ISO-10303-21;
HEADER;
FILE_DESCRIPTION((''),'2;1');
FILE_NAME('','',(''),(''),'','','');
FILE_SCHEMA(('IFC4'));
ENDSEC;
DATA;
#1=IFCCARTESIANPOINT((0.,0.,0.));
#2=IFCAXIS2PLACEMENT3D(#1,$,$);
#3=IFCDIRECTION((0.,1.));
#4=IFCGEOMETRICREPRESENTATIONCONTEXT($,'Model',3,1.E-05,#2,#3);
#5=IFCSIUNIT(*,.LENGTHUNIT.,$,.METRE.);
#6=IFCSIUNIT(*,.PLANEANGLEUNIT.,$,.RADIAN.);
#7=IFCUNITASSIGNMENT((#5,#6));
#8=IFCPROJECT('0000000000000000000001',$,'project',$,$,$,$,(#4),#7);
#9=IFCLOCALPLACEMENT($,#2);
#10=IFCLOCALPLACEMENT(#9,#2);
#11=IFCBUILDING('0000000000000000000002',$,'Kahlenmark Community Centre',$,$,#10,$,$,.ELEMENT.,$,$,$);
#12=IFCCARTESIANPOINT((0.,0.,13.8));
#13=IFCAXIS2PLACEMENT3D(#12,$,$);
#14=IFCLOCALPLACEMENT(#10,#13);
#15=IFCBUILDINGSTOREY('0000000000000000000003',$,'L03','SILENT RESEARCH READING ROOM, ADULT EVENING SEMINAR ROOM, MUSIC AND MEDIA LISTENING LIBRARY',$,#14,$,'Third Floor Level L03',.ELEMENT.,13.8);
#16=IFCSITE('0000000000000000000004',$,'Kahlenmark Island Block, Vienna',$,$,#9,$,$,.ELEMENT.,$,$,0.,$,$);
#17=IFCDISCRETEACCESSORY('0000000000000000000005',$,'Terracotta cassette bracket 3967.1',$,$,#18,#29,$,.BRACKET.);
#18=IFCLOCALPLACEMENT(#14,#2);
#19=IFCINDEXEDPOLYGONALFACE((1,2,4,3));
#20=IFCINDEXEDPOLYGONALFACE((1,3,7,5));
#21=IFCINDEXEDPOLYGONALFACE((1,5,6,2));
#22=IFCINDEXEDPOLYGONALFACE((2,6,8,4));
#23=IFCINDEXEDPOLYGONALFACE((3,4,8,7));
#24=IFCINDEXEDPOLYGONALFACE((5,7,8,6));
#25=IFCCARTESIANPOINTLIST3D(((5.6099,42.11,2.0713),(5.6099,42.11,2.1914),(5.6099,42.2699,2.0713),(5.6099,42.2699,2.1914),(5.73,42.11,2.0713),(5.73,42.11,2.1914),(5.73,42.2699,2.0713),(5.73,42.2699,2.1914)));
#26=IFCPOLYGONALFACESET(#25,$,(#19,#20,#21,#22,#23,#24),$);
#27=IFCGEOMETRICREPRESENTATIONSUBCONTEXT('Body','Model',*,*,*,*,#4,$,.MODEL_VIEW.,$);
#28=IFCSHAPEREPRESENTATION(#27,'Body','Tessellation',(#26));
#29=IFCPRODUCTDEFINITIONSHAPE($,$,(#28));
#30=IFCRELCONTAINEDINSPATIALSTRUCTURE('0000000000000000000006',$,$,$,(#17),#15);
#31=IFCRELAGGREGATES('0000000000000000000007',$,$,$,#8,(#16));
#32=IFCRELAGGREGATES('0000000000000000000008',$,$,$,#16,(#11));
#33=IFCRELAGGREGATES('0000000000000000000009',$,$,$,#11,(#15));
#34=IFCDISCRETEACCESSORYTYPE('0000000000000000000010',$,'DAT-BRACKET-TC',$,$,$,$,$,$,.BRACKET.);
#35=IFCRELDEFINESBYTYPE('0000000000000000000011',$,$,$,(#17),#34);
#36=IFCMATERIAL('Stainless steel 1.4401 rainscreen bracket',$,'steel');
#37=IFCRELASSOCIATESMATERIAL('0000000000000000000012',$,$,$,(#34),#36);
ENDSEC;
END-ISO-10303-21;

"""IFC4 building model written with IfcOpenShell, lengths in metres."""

from ifc_helpers import new_model, si_unit, direction, frame, origin, origin_2d, place, context, subcontext, project, spatial, rectangle, extrude, material, type_object, element, save


model = new_model("IFC4")

# Units and contexts
model_context = context("Model", 3, precision=1e-05, world=origin(), true_north=direction((0.0, 1.0)))
body_context = subcontext(model_context, "Body", "Model", "MODEL_VIEW")
ifc_project = project(units=[si_unit("LENGTHUNIT", "METRE"), si_unit("PLANEANGLEUNIT", "RADIAN")], contexts=[model_context])

# Site, building, storey
site_placement = place(None, origin())
site = spatial("IfcSite", under=ifc_project, at=site_placement, Name="Kahlenmark Island Block, Vienna", CompositionType="ELEMENT", RefElevation=0.0)
building_placement = place(site_placement, origin())
building = spatial("IfcBuilding", under=site, at=building_placement, Name="Kahlenmark Community Centre", CompositionType="ELEMENT")
storey_placement = place(building_placement, frame((0.0, 0.0, 13.8)))
storey = spatial("IfcBuildingStorey", under=building, at=storey_placement, Name="L03", Description="SILENT RESEARCH READING ROOM, ADULT EVENING SEMINAR ROOM, MUSIC AND MEDIA LISTENING LIBRARY", LongName="Third Floor Level L03", CompositionType="ELEMENT", Elevation=13.8)

# Discrete accessory
ifc_material_1 = material(Name="Stainless steel 1.4401 rainscreen bracket", Category="steel")
discrete_accessory_type = type_object("IfcDiscreteAccessoryType", Name="DAT-BRACKET-TC", PredefinedType="BRACKET", material=ifc_material_1)
for number, where, z_axis, x_axis, name in (
    (1, (5.6699, 42.1899, 2.0713), (0.0, 0.0, 1.0), (1.0, 0.0, 0.0), "Terracotta cassette bracket 3967.1"),
):
    element("IfcDiscreteAccessory", number, at=place(storey_placement, frame(where, z_axis=z_axis, x_axis=x_axis)), inside=storey, type_object=discrete_accessory_type, Name=name, PredefinedType="BRACKET", context=body_context, shape_type="SweptSolid", body=[
        extrude(rectangle(XDim=0.1201, YDim=0.1599, at=origin_2d()), origin(), (0.0, 0.0, 1.0), 0.1201),
    ])

save(model, "model.ifc")
